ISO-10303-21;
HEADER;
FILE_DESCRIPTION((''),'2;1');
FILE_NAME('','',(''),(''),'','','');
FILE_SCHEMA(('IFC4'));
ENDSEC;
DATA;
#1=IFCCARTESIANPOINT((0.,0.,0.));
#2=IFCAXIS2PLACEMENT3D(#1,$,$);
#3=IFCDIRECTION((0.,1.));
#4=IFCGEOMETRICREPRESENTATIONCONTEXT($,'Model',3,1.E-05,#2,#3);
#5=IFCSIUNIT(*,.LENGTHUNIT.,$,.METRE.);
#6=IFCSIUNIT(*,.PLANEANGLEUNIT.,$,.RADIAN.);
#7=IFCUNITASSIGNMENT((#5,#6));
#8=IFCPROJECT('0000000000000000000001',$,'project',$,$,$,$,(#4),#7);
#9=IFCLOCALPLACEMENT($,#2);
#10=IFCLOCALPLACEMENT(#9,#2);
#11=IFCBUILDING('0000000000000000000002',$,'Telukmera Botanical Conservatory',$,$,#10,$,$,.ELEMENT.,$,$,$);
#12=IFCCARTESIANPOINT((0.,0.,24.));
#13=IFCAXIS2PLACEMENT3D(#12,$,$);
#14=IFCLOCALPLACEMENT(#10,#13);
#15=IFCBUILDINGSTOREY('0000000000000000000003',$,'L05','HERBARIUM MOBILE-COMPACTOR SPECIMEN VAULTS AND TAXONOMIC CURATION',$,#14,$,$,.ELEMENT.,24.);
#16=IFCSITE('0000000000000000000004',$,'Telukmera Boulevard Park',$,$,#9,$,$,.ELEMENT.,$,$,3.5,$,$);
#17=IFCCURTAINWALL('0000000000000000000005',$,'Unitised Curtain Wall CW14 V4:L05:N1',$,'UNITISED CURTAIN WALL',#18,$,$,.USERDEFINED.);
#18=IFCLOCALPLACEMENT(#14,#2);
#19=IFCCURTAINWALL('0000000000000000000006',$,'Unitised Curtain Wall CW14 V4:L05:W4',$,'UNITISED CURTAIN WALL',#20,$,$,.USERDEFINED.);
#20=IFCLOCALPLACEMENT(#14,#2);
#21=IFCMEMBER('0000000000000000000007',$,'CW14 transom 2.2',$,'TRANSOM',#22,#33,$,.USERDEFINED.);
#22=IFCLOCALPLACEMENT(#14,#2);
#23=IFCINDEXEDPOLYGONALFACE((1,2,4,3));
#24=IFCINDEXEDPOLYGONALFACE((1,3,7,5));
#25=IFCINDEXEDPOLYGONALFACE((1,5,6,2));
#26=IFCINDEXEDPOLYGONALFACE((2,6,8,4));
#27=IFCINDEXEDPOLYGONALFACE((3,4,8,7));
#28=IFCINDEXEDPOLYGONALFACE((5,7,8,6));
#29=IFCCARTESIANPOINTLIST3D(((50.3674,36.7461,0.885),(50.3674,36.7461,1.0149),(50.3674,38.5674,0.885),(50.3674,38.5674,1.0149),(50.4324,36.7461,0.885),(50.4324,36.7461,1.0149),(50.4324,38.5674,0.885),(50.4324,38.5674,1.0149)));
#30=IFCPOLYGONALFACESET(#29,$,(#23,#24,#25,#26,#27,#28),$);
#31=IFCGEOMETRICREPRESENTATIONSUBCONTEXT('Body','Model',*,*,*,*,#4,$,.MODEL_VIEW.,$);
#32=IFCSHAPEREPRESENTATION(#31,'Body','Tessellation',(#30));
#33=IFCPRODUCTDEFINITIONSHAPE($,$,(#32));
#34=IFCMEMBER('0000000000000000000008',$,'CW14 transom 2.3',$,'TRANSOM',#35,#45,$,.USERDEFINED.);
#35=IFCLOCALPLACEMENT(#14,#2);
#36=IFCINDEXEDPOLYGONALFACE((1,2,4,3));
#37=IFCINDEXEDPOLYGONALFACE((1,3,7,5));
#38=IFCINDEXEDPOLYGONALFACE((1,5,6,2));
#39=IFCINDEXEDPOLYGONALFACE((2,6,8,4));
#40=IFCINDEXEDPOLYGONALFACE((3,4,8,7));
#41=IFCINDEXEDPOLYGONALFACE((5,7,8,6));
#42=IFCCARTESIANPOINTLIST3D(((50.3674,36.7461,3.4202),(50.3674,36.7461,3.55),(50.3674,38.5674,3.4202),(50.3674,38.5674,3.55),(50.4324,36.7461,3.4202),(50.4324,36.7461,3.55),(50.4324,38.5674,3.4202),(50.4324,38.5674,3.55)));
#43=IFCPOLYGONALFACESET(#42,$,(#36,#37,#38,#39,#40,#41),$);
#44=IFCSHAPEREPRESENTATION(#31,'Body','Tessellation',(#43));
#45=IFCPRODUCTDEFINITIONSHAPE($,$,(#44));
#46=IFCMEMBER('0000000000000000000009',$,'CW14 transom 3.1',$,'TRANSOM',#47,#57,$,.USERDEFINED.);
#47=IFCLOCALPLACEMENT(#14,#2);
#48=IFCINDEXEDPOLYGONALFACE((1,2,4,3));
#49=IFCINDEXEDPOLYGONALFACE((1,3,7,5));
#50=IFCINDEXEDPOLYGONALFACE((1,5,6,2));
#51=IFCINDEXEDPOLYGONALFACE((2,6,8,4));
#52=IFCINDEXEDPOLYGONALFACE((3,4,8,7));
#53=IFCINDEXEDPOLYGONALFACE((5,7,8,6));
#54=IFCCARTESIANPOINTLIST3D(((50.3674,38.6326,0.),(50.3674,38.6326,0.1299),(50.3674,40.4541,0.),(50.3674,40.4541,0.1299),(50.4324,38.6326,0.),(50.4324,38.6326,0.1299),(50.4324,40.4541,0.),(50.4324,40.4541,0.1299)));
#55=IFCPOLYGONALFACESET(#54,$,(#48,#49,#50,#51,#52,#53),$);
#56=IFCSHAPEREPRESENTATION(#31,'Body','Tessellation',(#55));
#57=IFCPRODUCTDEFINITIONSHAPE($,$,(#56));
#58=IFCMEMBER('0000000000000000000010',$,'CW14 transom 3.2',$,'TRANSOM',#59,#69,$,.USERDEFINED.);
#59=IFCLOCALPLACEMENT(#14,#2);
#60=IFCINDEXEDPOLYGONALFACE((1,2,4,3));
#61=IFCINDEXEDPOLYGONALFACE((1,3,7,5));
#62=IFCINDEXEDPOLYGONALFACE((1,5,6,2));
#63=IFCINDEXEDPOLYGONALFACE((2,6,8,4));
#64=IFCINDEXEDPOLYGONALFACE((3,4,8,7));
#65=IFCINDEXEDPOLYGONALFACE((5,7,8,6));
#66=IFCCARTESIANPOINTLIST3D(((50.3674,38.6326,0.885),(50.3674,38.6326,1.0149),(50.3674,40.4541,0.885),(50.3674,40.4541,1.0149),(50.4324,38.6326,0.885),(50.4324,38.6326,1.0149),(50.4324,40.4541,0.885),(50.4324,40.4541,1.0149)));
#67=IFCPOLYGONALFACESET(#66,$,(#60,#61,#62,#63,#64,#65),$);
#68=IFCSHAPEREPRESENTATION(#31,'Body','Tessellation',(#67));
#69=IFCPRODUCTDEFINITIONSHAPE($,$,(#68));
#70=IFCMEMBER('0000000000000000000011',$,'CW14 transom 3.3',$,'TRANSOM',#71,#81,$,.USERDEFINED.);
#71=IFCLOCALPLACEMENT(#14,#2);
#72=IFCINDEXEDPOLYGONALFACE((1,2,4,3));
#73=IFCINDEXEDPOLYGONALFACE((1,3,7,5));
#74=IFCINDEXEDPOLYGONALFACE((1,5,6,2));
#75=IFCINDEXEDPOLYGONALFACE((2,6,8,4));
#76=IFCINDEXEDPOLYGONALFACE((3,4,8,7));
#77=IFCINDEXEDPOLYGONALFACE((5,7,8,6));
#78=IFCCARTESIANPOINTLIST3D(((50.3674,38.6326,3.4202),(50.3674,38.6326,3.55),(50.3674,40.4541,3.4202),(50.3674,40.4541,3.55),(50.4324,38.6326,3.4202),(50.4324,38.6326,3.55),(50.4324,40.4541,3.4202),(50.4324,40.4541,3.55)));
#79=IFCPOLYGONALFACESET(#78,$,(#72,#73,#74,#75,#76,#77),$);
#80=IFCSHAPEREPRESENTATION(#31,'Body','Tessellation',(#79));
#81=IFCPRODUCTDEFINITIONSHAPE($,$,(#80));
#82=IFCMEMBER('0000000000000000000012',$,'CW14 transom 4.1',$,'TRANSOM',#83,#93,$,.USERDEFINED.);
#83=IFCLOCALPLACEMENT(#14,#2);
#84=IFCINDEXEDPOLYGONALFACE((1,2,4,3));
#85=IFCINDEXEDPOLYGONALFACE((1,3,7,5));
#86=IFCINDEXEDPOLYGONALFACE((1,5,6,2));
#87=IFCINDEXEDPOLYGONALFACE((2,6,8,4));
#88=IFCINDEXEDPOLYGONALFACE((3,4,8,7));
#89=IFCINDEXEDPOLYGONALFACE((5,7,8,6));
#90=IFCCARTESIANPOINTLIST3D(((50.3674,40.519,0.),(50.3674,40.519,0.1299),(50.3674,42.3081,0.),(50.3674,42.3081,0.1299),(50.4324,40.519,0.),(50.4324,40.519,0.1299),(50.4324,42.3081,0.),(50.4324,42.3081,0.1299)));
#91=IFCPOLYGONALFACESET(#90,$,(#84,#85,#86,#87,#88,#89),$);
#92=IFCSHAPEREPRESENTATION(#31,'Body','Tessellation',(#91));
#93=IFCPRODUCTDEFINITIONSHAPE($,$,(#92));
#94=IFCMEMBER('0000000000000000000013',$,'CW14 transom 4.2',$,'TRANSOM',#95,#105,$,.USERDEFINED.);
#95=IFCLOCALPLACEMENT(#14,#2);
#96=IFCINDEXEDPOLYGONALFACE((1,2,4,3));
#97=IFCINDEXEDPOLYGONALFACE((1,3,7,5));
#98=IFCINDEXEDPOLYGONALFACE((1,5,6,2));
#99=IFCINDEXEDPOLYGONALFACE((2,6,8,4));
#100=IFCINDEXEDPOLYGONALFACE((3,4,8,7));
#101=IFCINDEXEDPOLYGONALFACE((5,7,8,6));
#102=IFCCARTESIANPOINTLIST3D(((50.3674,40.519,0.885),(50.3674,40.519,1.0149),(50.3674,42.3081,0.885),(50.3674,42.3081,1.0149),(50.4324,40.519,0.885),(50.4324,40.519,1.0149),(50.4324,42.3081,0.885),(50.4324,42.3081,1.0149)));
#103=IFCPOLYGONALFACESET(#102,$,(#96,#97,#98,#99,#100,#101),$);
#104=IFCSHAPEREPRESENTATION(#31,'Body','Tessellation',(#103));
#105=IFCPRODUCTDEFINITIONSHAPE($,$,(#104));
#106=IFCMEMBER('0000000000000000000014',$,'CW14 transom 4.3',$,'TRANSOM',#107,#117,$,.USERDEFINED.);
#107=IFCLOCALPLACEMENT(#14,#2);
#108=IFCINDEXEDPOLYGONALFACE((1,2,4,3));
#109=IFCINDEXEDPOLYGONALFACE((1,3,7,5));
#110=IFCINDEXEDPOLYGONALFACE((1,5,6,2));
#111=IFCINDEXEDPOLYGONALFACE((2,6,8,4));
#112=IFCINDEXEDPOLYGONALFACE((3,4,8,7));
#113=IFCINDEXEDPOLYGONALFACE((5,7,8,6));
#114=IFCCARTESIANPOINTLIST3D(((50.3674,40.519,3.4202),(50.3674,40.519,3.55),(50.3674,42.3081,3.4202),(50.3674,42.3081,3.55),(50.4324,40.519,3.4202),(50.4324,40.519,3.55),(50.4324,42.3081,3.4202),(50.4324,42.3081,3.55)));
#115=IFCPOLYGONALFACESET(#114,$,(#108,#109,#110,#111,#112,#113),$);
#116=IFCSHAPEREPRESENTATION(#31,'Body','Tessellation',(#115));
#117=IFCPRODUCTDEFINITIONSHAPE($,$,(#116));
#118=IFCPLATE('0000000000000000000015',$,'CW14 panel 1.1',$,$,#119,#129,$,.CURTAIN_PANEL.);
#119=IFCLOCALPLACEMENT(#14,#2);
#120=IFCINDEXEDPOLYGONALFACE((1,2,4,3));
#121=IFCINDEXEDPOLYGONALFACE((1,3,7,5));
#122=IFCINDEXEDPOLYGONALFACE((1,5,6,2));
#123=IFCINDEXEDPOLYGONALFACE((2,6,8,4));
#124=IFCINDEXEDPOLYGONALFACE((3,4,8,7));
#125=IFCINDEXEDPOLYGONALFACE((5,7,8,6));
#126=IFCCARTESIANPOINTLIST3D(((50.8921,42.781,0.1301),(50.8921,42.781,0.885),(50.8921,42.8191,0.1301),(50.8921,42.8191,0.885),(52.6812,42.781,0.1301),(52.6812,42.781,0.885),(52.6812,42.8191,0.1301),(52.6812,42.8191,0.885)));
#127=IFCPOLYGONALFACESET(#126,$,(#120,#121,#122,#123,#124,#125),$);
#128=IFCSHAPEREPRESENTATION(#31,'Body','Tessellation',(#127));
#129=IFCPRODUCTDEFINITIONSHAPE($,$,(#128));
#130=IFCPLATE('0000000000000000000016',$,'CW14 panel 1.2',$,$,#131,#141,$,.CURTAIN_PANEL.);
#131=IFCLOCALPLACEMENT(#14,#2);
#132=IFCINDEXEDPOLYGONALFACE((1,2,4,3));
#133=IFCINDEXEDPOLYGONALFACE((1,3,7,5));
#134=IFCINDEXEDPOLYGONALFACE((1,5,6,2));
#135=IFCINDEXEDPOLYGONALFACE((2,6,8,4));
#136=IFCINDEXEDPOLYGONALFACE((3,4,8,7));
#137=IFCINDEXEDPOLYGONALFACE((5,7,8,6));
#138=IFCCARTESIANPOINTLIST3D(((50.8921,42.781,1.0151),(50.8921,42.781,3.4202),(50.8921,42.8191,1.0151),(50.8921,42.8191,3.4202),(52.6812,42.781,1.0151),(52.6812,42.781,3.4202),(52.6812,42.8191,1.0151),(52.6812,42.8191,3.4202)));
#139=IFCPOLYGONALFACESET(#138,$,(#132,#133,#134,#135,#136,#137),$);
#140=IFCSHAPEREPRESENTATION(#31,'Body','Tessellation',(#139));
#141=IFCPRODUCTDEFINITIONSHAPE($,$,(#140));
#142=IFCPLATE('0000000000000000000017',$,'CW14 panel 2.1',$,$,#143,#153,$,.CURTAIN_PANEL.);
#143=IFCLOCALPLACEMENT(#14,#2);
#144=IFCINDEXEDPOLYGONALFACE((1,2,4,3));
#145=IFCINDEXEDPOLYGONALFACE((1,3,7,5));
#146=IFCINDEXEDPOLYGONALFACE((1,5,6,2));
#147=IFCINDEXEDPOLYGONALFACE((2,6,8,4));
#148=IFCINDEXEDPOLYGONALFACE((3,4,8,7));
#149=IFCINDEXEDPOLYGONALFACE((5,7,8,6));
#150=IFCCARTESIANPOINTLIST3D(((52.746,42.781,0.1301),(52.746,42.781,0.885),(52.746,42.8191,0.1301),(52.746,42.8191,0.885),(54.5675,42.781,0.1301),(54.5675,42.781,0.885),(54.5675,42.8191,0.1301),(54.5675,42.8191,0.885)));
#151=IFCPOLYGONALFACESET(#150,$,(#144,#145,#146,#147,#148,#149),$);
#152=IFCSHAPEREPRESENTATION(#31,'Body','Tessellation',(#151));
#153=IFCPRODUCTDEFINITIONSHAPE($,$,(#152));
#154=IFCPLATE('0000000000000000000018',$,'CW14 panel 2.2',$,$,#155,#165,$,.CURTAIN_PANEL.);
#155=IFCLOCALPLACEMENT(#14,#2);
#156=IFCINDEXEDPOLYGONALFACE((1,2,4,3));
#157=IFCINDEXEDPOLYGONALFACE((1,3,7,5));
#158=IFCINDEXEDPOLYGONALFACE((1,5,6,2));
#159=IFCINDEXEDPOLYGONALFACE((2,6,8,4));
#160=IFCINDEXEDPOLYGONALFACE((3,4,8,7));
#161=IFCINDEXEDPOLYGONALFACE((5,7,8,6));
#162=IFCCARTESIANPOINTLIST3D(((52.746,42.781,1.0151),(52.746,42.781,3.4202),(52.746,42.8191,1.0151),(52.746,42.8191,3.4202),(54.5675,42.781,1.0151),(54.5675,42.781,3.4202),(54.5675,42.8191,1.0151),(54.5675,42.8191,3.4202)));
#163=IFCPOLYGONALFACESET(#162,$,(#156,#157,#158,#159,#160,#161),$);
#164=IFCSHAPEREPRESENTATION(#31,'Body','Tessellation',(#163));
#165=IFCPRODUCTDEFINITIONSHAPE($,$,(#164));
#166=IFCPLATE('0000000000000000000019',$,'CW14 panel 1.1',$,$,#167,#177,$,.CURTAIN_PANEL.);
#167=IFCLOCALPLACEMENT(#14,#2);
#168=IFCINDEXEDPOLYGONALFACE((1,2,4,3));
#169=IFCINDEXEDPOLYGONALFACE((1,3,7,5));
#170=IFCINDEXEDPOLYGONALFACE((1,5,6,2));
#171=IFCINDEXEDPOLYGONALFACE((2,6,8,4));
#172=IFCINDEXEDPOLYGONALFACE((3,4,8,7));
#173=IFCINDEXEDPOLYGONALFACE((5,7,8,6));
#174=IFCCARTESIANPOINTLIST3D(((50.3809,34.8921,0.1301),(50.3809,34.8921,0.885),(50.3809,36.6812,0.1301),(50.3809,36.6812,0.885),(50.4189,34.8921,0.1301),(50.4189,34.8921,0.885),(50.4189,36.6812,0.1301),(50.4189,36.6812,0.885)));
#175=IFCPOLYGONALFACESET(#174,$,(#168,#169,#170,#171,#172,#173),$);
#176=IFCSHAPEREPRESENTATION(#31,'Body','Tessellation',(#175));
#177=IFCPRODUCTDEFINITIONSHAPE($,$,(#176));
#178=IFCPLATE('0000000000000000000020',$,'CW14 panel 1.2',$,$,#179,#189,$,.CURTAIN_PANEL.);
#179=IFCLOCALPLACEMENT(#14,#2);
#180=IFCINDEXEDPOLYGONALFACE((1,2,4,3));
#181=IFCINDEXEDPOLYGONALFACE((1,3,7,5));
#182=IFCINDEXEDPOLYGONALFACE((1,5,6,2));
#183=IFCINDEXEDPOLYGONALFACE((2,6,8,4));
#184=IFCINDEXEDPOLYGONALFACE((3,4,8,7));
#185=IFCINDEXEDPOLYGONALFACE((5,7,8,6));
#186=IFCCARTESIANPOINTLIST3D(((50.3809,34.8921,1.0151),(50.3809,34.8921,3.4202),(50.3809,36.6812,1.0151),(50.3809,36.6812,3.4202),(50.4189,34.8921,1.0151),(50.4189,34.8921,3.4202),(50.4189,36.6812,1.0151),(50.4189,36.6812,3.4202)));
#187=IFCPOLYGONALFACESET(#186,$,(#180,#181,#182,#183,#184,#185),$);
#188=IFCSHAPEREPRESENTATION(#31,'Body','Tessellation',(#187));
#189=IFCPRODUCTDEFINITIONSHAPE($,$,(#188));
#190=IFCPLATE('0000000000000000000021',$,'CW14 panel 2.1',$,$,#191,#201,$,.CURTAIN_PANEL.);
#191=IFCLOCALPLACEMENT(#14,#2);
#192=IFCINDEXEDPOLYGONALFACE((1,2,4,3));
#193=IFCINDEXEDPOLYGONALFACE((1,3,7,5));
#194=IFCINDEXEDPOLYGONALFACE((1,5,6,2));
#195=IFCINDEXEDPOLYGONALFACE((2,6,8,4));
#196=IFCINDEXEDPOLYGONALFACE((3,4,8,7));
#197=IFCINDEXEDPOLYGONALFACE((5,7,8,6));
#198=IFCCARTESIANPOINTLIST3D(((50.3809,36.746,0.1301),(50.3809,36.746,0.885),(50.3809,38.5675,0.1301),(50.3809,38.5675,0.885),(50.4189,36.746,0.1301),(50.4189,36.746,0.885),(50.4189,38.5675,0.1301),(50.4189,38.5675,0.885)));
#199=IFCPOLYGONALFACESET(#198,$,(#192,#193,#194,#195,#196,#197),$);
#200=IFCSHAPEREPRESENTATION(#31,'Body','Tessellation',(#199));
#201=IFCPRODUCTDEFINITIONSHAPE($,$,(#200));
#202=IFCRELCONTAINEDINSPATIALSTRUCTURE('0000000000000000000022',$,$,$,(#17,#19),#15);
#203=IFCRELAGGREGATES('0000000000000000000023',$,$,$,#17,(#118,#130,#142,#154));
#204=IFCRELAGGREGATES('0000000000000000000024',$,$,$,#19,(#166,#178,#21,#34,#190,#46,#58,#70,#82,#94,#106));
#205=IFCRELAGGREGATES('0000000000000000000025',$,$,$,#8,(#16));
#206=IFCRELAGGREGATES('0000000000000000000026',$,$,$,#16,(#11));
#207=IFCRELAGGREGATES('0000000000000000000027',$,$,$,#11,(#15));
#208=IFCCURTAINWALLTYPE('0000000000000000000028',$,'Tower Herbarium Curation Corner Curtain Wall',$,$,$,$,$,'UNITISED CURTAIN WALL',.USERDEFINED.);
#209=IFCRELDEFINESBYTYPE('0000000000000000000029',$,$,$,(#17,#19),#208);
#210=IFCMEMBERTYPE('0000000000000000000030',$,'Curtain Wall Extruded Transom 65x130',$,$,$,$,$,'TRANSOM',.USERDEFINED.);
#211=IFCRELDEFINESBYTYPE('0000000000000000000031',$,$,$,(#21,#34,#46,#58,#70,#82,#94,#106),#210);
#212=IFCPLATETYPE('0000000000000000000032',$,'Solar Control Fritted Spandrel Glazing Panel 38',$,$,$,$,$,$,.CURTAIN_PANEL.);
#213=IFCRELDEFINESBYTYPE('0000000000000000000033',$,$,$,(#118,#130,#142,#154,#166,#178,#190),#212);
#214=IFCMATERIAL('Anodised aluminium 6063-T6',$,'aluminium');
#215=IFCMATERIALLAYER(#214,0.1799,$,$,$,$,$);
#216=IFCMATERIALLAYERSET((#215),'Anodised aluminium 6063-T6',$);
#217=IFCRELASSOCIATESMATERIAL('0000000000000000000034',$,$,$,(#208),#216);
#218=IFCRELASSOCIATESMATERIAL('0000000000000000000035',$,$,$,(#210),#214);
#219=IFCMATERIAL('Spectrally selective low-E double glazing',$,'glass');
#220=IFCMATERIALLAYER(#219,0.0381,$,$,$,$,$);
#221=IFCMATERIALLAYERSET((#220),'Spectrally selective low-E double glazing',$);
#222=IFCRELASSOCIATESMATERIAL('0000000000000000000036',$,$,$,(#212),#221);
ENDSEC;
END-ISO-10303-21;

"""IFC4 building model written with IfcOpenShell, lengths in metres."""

from ifc_helpers import new_model, si_unit, direction, frame, origin, origin_2d, place, context, subcontext, project, spatial, rectangle, extrude, material, layer, layer_set, material_profile, profile_set, type_object, element, aggregate, save


model = new_model("IFC4")

# Units and contexts
model_context = context("Model", 3, precision=1e-05, world=origin(), true_north=direction((0.0, 1.0)))
body_context = subcontext(model_context, "Body", "Model", "MODEL_VIEW")
ifc_project = project(units=[si_unit("LENGTHUNIT", "METRE"), si_unit("PLANEANGLEUNIT", "RADIAN")], contexts=[model_context])

# Site, building, storey
site_placement = place(None, origin())
site = spatial("IfcSite", under=ifc_project, at=site_placement, Name="Telukmera Boulevard Park", CompositionType="ELEMENT", RefElevation=3.5)
building_placement = place(site_placement, origin())
building = spatial("IfcBuilding", under=site, at=building_placement, Name="Telukmera Botanical Conservatory", CompositionType="ELEMENT")
storey_placement = place(building_placement, frame((0.0, 0.0, 24.0)))
storey = spatial("IfcBuildingStorey", under=building, at=storey_placement, Name="L05", Description="HERBARIUM MOBILE-COMPACTOR SPECIMEN VAULTS AND TAXONOMIC CURATION", CompositionType="ELEMENT", Elevation=24.0)

# Curtain walls
ifc_material_1 = material(Name="Anodised aluminium 6063-T6", Category="aluminium")
ifc_layer_1 = layer(ifc_material_1, 0.1799)
ifc_layer_set_1 = layer_set([ifc_layer_1], Name="Anodised aluminium 6063-T6")
curtain_wall_type = type_object("IfcCurtainWallType", Name="Tower Herbarium Curation Corner Curtain Wall", ElementType="UNITISED CURTAIN WALL", PredefinedType="USERDEFINED", material=ifc_layer_set_1)
curtain_wall_1_placement = place(storey_placement, origin())
curtain_wall_1 = element("IfcCurtainWall", 1, at=curtain_wall_1_placement, inside=storey, type_object=curtain_wall_type, Name="Unitised Curtain Wall CW14 V4:L05:N1", ObjectType="UNITISED CURTAIN WALL", PredefinedType="USERDEFINED")
curtain_wall_2_placement = place(storey_placement, origin())
curtain_wall_2 = element("IfcCurtainWall", 2, at=curtain_wall_2_placement, inside=storey, type_object=curtain_wall_type, Name="Unitised Curtain Wall CW14 V4:L05:W4", ObjectType="UNITISED CURTAIN WALL", PredefinedType="USERDEFINED")

# Members
ifc_material_profile_1 = material_profile(ifc_material_1, rectangle(XDim=0.0649, YDim=0.1299, at=origin_2d()), Name="ALU TRAN 65x130")
ifc_profile_set_1 = profile_set([ifc_material_profile_1], Name="Anodised aluminium 6063-T6")
member_type_1 = type_object("IfcMemberType", Name="Curtain Wall Extruded Transom 65x130", ElementType="TRANSOM", PredefinedType="USERDEFINED", material=ifc_profile_set_1)
member_1_placement = place(storey_placement, frame((50.3999, 36.7461, 0.95), z_axis=(0.0, 1.0, 0.0), x_axis=(-1.0, 0.0, 0.0)))
member_1 = element("IfcMember", 3, at=member_1_placement, type_object=member_type_1, Name="CW14 transom 2.2", ObjectType="TRANSOM", PredefinedType="USERDEFINED", context=body_context, shape_type="SweptSolid", body=[
    extrude(rectangle(XDim=0.0649, YDim=0.1299, at=origin_2d()), origin(), (0.0, 0.0, 1.0), 1.8213),
])
member_2_placement = place(storey_placement, frame((50.3999, 36.7461, 3.4851), z_axis=(0.0, 1.0, 0.0), x_axis=(-1.0, 0.0, 0.0)))
member_2 = element("IfcMember", 4, at=member_2_placement, type_object=member_type_1, Name="CW14 transom 2.3", ObjectType="TRANSOM", PredefinedType="USERDEFINED", context=body_context, shape_type="SweptSolid", body=[
    extrude(rectangle(XDim=0.0649, YDim=0.1299, at=origin_2d()), origin(), (0.0, 0.0, 1.0), 1.8213),
])
member_3_placement = place(storey_placement, frame((50.3999, 38.6326, 0.0649), z_axis=(0.0, 1.0, 0.0), x_axis=(-1.0, 0.0, 0.0)))
member_3 = element("IfcMember", 5, at=member_3_placement, type_object=member_type_1, Name="CW14 transom 3.1", ObjectType="TRANSOM", PredefinedType="USERDEFINED", context=body_context, shape_type="SweptSolid", body=[
    extrude(rectangle(XDim=0.0649, YDim=0.1299, at=origin_2d()), origin(), (0.0, 0.0, 1.0), 1.8215),
])
member_4_placement = place(storey_placement, frame((50.3999, 38.6326, 0.95), z_axis=(0.0, 1.0, 0.0), x_axis=(-1.0, 0.0, 0.0)))
member_4 = element("IfcMember", 6, at=member_4_placement, type_object=member_type_1, Name="CW14 transom 3.2", ObjectType="TRANSOM", PredefinedType="USERDEFINED", context=body_context, shape_type="SweptSolid", body=[
    extrude(rectangle(XDim=0.0649, YDim=0.1299, at=origin_2d()), origin(), (0.0, 0.0, 1.0), 1.8215),
])
member_5_placement = place(storey_placement, frame((50.3999, 38.6326, 3.4851), z_axis=(0.0, 1.0, 0.0), x_axis=(-1.0, 0.0, 0.0)))
member_5 = element("IfcMember", 7, at=member_5_placement, type_object=member_type_1, Name="CW14 transom 3.3", ObjectType="TRANSOM", PredefinedType="USERDEFINED", context=body_context, shape_type="SweptSolid", body=[
    extrude(rectangle(XDim=0.0649, YDim=0.1299, at=origin_2d()), origin(), (0.0, 0.0, 1.0), 1.8215),
])
member_6_placement = place(storey_placement, frame((50.3999, 40.519, 0.0649), z_axis=(0.0, 1.0, 0.0), x_axis=(-1.0, 0.0, 0.0)))
member_6 = element("IfcMember", 8, at=member_6_placement, type_object=member_type_1, Name="CW14 transom 4.1", ObjectType="TRANSOM", PredefinedType="USERDEFINED", context=body_context, shape_type="SweptSolid", body=[
    extrude(rectangle(XDim=0.0649, YDim=0.1299, at=origin_2d()), origin(), (0.0, 0.0, 1.0), 1.7891),
])
member_7_placement = place(storey_placement, frame((50.3999, 40.519, 0.95), z_axis=(0.0, 1.0, 0.0), x_axis=(-1.0, 0.0, 0.0)))
member_7 = element("IfcMember", 9, at=member_7_placement, type_object=member_type_1, Name="CW14 transom 4.2", ObjectType="TRANSOM", PredefinedType="USERDEFINED", context=body_context, shape_type="SweptSolid", body=[
    extrude(rectangle(XDim=0.0649, YDim=0.1299, at=origin_2d()), origin(), (0.0, 0.0, 1.0), 1.7891),
])
member_8_placement = place(storey_placement, frame((50.3999, 40.519, 3.4851), z_axis=(0.0, 1.0, 0.0), x_axis=(-1.0, 0.0, 0.0)))
member_8 = element("IfcMember", 10, at=member_8_placement, type_object=member_type_1, Name="CW14 transom 4.3", ObjectType="TRANSOM", PredefinedType="USERDEFINED", context=body_context, shape_type="SweptSolid", body=[
    extrude(rectangle(XDim=0.0649, YDim=0.1299, at=origin_2d()), origin(), (0.0, 0.0, 1.0), 1.7891),
])

# Plates
ifc_material_2 = material(Name="Spectrally selective low-E double glazing", Category="glass")
ifc_layer_2 = layer(ifc_material_2, 0.0381)
ifc_layer_set_2 = layer_set([ifc_layer_2], Name="Spectrally selective low-E double glazing")
plate_type = type_object("IfcPlateType", Name="Solar Control Fritted Spandrel Glazing Panel 38", PredefinedType="CURTAIN_PANEL", material=ifc_layer_set_2)
plate_1_placement = place(storey_placement, frame((51.7866, 42.8, 0.1301), z_axis=(0.0, 0.0, 1.0), x_axis=(1.0, 0.0, 0.0)))
plate_1 = element("IfcPlate", 11, at=plate_1_placement, type_object=plate_type, Name="CW14 panel 1.1", PredefinedType="CURTAIN_PANEL", context=body_context, shape_type="SweptSolid", body=[
    extrude(rectangle(XDim=1.7891, YDim=0.0381, at=origin_2d()), origin(), (0.0, 0.0, 1.0), 0.7549),
])
plate_2_placement = place(storey_placement, frame((51.7866, 42.8, 1.0151), z_axis=(0.0, 0.0, 1.0), x_axis=(1.0, 0.0, 0.0)))
plate_2 = element("IfcPlate", 12, at=plate_2_placement, type_object=plate_type, Name="CW14 panel 1.2", PredefinedType="CURTAIN_PANEL", context=body_context, shape_type="SweptSolid", body=[
    extrude(rectangle(XDim=1.7891, YDim=0.0381, at=origin_2d()), origin(), (0.0, 0.0, 1.0), 2.405),
])
plate_3_placement = place(storey_placement, frame((53.6567, 42.8, 0.1301), z_axis=(0.0, 0.0, 1.0), x_axis=(1.0, 0.0, 0.0)))
plate_3 = element("IfcPlate", 13, at=plate_3_placement, type_object=plate_type, Name="CW14 panel 2.1", PredefinedType="CURTAIN_PANEL", context=body_context, shape_type="SweptSolid", body=[
    extrude(rectangle(XDim=1.8215, YDim=0.0381, at=origin_2d()), origin(), (0.0, 0.0, 1.0), 0.7549),
])
plate_4_placement = place(storey_placement, frame((53.6567, 42.8, 1.0151), z_axis=(0.0, 0.0, 1.0), x_axis=(1.0, 0.0, 0.0)))
plate_4 = element("IfcPlate", 14, at=plate_4_placement, type_object=plate_type, Name="CW14 panel 2.2", PredefinedType="CURTAIN_PANEL", context=body_context, shape_type="SweptSolid", body=[
    extrude(rectangle(XDim=1.8215, YDim=0.0381, at=origin_2d()), origin(), (0.0, 0.0, 1.0), 2.405),
])
aggregate(curtain_wall_1, [plate_1, plate_2, plate_3, plate_4])
plate_5_placement = place(storey_placement, frame((50.3999, 35.7866, 0.1301), z_axis=(0.0, 0.0, 1.0), x_axis=(0.0, 1.0, 0.0)))
plate_5 = element("IfcPlate", 15, at=plate_5_placement, type_object=plate_type, Name="CW14 panel 1.1", PredefinedType="CURTAIN_PANEL", context=body_context, shape_type="SweptSolid", body=[
    extrude(rectangle(XDim=1.7891, YDim=0.0381, at=origin_2d()), origin(), (0.0, 0.0, 1.0), 0.7549),
])
plate_6_placement = place(storey_placement, frame((50.3999, 35.7866, 1.0151), z_axis=(0.0, 0.0, 1.0), x_axis=(0.0, 1.0, 0.0)))
plate_6 = element("IfcPlate", 16, at=plate_6_placement, type_object=plate_type, Name="CW14 panel 1.2", PredefinedType="CURTAIN_PANEL", context=body_context, shape_type="SweptSolid", body=[
    extrude(rectangle(XDim=1.7891, YDim=0.0381, at=origin_2d()), origin(), (0.0, 0.0, 1.0), 2.405),
])
plate_7_placement = place(storey_placement, frame((50.3999, 37.6567, 0.1301), z_axis=(0.0, 0.0, 1.0), x_axis=(0.0, 1.0, 0.0)))
plate_7 = element("IfcPlate", 17, at=plate_7_placement, type_object=plate_type, Name="CW14 panel 2.1", PredefinedType="CURTAIN_PANEL", context=body_context, shape_type="SweptSolid", body=[
    extrude(rectangle(XDim=1.8215, YDim=0.0381, at=origin_2d()), origin(), (0.0, 0.0, 1.0), 0.7549),
])
aggregate(curtain_wall_2, [plate_5, plate_6, member_1, member_2, plate_7, member_3, member_4, member_5, member_6, member_7, member_8])

save(model, "model.ifc")
